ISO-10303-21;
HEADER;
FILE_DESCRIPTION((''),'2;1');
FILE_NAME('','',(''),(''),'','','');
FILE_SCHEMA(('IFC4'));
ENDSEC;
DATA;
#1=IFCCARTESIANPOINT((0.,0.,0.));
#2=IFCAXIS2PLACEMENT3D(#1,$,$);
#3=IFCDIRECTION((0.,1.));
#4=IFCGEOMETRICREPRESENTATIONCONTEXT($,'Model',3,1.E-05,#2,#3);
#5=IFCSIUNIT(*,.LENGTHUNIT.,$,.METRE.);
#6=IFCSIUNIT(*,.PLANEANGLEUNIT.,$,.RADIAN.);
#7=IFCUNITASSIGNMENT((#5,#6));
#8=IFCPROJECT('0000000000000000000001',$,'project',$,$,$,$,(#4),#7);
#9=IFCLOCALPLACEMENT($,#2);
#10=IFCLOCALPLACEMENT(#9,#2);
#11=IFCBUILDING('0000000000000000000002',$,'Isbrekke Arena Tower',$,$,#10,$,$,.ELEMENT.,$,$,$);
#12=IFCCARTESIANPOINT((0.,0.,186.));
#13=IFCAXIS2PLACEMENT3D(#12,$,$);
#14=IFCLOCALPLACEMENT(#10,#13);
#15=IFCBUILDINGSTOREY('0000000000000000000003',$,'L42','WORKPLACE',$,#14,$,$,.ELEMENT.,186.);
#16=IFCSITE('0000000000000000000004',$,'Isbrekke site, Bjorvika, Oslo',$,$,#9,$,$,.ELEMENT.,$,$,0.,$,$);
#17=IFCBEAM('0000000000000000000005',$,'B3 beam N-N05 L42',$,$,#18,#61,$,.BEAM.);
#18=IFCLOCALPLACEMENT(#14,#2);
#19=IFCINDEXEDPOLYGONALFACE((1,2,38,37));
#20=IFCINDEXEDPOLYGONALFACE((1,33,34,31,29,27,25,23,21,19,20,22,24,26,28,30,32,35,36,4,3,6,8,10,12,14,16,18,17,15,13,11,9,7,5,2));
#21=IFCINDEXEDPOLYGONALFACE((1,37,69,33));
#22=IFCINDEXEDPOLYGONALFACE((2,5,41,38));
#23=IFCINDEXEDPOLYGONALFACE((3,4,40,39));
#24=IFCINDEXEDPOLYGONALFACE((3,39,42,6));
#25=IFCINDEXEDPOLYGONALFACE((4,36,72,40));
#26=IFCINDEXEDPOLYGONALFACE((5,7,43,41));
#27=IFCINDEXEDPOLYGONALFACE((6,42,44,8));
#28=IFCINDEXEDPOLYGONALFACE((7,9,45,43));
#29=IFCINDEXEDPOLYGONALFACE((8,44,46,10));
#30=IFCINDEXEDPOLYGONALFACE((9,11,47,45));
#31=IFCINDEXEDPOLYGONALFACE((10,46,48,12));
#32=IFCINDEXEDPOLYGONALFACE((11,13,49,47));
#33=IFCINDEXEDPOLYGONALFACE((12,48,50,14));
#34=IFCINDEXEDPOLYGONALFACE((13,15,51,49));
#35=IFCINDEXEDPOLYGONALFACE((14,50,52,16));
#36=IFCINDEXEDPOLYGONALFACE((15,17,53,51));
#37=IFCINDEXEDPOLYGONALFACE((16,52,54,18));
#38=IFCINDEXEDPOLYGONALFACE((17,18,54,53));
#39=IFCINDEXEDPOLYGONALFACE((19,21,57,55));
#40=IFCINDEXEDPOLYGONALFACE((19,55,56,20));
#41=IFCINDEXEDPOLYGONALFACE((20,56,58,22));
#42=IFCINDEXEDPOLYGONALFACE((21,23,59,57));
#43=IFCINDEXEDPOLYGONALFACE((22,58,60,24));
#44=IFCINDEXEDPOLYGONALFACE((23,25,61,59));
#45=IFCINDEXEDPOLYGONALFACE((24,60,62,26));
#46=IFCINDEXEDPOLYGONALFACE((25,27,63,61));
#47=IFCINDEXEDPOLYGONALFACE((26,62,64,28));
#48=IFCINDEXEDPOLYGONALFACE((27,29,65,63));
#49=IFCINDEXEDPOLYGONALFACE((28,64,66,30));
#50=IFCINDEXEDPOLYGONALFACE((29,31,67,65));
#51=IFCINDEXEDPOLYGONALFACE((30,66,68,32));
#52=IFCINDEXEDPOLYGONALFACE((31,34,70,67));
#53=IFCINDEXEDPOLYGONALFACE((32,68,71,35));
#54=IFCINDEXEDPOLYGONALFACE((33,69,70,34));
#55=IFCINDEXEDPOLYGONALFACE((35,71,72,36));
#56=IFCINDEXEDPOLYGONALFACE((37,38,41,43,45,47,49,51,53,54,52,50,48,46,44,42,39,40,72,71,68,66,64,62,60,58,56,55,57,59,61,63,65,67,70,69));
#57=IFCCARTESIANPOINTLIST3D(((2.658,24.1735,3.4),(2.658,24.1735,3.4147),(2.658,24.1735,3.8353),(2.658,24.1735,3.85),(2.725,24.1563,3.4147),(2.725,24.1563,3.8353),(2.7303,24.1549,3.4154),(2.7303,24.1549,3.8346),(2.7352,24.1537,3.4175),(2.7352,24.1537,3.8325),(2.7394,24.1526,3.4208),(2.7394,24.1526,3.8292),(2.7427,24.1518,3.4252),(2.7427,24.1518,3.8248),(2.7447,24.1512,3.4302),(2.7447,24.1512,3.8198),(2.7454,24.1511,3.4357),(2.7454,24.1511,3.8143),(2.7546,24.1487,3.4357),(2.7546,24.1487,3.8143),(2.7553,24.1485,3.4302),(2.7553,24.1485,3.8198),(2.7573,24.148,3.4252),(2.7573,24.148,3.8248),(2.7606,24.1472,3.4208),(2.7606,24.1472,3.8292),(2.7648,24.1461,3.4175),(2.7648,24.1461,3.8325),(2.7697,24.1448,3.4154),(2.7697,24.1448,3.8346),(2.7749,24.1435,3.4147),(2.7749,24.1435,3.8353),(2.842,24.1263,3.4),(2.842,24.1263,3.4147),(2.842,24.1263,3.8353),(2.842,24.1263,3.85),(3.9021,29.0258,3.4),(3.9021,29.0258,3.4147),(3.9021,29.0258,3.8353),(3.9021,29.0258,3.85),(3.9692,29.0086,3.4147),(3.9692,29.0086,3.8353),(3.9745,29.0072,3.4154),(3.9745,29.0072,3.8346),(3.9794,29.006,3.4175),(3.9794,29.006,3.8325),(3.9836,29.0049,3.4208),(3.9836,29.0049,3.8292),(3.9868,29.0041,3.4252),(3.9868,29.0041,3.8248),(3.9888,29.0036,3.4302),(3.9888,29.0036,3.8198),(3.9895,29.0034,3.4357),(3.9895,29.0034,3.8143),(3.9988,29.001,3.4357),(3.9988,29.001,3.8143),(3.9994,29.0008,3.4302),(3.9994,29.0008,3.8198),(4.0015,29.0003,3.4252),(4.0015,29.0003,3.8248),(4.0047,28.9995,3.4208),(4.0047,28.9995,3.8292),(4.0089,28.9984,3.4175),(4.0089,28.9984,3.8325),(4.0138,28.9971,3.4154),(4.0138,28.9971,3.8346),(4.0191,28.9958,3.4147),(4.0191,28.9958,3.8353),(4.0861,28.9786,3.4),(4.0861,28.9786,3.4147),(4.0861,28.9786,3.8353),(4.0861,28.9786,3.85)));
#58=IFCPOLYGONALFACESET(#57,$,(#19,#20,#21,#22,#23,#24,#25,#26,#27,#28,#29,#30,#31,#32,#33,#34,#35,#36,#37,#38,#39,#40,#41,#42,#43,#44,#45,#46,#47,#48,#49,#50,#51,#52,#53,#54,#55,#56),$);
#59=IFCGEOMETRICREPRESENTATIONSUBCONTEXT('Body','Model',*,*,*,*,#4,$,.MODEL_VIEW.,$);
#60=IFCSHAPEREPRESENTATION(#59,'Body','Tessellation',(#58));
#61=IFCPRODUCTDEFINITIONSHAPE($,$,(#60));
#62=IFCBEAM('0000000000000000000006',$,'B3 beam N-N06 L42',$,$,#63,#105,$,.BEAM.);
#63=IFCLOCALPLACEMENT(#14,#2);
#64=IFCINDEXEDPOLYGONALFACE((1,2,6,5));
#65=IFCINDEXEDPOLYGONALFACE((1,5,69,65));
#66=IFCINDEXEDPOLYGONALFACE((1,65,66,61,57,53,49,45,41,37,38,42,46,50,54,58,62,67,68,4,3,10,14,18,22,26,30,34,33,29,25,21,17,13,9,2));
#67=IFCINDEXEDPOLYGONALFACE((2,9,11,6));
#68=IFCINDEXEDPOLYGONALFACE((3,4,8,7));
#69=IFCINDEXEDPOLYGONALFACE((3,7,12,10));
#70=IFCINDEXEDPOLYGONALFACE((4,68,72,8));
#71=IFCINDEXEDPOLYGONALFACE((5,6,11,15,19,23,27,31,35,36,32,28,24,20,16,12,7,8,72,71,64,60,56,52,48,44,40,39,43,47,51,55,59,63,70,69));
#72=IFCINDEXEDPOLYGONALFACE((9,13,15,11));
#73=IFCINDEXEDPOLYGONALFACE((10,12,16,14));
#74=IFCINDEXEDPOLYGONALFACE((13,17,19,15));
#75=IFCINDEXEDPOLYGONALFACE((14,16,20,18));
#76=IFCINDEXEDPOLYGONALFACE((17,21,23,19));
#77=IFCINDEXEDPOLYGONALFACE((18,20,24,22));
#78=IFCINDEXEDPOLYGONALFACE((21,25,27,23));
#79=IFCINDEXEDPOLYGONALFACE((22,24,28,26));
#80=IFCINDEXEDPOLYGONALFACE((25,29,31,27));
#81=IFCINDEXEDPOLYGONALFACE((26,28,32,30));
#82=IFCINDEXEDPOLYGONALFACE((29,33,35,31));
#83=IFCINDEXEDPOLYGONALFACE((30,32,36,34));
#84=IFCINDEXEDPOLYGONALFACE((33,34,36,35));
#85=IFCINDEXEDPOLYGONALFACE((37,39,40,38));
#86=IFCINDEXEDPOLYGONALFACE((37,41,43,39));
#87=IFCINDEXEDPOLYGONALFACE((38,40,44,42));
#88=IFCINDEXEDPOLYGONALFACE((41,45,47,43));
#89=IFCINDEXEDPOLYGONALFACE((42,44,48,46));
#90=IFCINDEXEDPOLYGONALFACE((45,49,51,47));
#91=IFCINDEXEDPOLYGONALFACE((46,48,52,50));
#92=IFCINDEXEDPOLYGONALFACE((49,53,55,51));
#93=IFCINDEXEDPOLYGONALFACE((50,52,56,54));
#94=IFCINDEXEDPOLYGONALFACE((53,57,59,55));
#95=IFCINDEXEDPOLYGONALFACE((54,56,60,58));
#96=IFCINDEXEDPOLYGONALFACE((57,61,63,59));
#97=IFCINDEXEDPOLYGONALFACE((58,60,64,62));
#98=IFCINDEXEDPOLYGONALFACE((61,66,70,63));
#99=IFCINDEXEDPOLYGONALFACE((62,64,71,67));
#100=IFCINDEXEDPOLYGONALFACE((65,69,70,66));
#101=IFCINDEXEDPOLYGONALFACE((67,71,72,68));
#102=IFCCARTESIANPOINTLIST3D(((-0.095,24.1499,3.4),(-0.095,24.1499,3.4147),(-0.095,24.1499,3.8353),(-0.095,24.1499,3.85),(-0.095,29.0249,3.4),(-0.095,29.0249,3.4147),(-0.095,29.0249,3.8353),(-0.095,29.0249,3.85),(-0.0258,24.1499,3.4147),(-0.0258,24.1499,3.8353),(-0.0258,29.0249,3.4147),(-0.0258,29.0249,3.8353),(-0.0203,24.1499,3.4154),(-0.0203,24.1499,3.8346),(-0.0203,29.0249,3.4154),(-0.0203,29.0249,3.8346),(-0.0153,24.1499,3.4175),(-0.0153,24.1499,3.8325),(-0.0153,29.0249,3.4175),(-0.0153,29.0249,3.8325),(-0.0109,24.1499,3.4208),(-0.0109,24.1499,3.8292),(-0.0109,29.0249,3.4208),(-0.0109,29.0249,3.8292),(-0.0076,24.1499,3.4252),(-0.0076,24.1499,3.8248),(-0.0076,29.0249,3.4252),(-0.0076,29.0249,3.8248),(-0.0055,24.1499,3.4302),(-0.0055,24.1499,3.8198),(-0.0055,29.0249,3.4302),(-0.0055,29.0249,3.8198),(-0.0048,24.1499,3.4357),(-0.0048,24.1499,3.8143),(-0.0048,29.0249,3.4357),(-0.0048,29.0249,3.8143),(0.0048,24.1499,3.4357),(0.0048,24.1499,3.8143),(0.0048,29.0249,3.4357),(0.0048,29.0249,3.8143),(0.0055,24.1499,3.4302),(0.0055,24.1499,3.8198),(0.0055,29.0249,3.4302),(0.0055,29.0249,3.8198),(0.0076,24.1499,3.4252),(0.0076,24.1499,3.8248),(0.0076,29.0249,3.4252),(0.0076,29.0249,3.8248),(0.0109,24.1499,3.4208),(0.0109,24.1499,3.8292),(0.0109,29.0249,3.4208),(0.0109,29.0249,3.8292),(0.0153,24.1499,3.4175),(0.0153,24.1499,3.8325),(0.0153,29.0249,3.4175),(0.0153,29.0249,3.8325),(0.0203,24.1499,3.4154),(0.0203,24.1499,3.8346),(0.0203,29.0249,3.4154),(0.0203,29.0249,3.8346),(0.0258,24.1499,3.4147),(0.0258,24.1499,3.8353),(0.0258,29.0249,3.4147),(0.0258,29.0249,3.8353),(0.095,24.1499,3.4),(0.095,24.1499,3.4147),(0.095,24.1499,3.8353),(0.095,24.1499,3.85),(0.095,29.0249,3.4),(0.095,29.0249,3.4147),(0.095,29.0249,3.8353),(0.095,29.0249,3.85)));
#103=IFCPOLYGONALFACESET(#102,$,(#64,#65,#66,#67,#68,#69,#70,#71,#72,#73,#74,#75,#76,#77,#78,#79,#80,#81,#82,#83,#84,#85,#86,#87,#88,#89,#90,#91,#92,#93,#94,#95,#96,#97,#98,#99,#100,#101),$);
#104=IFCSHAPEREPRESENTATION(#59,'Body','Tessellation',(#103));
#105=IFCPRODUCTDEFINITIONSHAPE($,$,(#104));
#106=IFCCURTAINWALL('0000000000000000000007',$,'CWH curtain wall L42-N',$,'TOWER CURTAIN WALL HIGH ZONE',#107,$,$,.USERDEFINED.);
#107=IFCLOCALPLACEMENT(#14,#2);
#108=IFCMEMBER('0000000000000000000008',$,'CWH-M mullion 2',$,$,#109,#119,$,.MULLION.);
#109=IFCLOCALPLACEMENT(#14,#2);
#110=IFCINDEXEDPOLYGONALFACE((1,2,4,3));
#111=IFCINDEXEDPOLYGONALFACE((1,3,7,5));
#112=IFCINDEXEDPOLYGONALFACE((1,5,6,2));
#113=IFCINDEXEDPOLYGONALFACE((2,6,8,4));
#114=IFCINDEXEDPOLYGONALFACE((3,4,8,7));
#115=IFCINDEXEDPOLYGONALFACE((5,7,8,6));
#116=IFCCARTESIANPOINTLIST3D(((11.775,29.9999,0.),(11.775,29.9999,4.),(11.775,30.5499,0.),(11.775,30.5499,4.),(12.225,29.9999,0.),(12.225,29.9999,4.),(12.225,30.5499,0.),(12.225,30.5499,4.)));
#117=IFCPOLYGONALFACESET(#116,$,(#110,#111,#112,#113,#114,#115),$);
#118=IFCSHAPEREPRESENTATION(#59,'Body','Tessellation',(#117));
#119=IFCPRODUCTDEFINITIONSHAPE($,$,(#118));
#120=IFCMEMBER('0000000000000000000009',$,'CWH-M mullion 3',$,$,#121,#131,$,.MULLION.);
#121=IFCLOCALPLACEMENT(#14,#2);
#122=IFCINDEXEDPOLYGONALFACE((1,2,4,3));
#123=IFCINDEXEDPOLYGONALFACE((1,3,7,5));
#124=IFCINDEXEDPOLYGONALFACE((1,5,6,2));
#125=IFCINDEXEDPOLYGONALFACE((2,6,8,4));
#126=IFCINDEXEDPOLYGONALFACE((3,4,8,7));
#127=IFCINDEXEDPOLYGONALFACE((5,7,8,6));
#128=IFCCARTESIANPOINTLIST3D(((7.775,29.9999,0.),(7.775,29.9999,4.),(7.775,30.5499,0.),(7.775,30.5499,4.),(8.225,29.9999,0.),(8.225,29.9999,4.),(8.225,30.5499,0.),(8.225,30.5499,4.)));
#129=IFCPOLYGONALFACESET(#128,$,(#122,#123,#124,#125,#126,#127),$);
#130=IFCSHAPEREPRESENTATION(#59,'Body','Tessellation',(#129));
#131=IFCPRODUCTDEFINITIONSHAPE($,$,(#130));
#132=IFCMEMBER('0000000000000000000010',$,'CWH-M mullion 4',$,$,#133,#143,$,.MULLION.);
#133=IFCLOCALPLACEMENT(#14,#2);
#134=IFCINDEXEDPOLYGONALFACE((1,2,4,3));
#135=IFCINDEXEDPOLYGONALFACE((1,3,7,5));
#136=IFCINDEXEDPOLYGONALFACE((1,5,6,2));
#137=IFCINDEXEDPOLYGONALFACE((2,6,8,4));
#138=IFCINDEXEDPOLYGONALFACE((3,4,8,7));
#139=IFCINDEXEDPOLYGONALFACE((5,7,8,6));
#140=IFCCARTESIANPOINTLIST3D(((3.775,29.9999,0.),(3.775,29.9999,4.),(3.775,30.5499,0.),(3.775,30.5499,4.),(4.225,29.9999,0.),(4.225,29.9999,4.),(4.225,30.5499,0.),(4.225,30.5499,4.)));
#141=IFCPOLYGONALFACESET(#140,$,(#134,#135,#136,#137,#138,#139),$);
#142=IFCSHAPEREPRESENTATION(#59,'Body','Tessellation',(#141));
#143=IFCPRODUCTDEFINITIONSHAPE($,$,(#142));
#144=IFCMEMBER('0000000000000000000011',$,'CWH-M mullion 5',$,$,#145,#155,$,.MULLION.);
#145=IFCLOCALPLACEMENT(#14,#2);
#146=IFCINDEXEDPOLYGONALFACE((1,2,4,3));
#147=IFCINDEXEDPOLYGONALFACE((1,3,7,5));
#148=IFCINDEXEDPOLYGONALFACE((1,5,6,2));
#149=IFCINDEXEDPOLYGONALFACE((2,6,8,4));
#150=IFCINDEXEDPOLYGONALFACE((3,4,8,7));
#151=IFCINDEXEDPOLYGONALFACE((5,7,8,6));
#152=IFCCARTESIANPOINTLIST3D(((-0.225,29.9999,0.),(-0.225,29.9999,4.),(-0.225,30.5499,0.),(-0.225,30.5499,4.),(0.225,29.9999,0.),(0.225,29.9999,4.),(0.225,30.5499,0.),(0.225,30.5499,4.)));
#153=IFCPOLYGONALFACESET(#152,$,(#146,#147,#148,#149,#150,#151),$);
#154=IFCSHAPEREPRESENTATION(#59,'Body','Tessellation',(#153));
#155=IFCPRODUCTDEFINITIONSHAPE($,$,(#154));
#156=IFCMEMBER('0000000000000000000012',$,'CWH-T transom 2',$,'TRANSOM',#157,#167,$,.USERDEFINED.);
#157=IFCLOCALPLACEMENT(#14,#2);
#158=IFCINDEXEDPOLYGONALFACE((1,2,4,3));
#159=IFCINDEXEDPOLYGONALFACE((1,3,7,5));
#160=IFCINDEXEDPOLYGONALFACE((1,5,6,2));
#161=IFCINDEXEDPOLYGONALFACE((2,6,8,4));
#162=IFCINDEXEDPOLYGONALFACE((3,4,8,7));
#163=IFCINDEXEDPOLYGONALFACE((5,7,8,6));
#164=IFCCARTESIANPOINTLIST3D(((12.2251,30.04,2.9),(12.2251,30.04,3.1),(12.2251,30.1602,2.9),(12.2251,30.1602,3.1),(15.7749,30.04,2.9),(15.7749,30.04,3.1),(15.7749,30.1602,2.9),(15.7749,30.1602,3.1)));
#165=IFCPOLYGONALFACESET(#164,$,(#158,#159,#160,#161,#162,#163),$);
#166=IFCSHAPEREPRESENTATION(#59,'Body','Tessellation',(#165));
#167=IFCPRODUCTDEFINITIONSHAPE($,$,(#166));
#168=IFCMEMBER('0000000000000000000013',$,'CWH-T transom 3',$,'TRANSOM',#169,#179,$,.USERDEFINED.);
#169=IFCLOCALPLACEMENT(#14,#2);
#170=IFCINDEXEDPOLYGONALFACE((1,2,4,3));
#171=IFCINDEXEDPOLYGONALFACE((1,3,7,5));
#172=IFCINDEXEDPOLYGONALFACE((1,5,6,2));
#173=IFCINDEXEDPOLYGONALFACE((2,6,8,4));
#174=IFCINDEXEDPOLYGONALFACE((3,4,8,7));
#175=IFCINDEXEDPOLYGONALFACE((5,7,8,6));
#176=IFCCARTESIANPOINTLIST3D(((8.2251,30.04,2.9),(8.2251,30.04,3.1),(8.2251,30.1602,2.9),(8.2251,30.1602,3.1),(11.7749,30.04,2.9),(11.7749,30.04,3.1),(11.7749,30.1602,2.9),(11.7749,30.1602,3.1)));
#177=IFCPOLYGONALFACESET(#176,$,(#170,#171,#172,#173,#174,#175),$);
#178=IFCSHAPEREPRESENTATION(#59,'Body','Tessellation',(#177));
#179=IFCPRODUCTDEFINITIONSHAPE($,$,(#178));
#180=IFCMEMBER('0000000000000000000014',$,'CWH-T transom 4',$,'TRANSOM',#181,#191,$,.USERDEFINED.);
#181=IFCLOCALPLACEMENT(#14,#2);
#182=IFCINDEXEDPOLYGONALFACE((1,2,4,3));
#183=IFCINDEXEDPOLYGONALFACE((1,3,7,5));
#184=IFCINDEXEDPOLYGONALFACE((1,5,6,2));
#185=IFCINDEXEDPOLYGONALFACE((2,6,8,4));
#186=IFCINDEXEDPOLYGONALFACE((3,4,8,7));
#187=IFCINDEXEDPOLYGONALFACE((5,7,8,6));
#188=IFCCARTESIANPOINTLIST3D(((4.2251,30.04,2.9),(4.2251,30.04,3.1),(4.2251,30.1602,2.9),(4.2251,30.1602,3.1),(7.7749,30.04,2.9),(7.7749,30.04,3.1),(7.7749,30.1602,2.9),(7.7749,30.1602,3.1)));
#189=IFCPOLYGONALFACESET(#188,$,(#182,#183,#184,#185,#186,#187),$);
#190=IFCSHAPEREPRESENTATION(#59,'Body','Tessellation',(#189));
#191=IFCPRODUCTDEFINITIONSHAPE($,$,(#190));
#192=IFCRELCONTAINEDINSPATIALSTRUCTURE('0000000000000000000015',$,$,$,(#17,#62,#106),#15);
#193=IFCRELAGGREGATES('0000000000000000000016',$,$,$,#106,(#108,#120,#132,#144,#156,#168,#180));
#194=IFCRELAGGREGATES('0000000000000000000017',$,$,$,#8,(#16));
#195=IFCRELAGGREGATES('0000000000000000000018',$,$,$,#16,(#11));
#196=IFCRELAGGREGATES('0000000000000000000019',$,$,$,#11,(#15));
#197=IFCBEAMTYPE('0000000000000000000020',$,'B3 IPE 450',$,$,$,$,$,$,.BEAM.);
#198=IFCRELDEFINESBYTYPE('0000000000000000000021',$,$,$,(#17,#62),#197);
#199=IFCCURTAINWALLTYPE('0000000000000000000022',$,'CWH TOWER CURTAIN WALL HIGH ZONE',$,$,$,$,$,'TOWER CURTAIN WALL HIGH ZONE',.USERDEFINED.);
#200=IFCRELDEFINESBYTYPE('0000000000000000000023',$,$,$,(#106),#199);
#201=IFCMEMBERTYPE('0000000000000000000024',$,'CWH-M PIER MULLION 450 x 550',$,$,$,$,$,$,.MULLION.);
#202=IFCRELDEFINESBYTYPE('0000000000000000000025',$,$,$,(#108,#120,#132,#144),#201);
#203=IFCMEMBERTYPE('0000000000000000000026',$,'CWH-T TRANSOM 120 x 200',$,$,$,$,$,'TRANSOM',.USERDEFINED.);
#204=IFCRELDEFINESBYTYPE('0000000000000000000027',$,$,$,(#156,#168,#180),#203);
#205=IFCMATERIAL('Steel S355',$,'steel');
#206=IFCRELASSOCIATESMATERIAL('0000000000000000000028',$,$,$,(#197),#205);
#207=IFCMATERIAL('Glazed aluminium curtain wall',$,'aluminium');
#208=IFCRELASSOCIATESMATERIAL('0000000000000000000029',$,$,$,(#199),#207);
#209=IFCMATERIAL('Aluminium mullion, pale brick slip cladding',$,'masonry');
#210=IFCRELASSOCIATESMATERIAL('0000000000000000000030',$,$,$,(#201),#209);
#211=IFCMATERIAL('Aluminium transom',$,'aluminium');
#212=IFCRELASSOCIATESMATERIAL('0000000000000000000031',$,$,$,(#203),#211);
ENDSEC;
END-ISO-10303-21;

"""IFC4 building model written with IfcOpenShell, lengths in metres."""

from ifc_helpers import new_model, si_unit, direction, frame, origin, origin_2d, place, context, subcontext, project, spatial, rectangle, i_section, extrude, material, material_profile, profile_set, type_object, element, aggregate, save


model = new_model("IFC4")

# Units and contexts
model_context = context("Model", 3, precision=1e-05, world=origin(), true_north=direction((0.0, 1.0)))
body_context = subcontext(model_context, "Body", "Model", "MODEL_VIEW")
ifc_project = project(units=[si_unit("LENGTHUNIT", "METRE"), si_unit("PLANEANGLEUNIT", "RADIAN")], contexts=[model_context])

# Site, building, storey
site_placement = place(None, origin())
site = spatial("IfcSite", under=ifc_project, at=site_placement, Name="Isbrekke site, Bjorvika, Oslo", CompositionType="ELEMENT", RefElevation=0.0)
building_placement = place(site_placement, origin())
building = spatial("IfcBuilding", under=site, at=building_placement, Name="Isbrekke Arena Tower", CompositionType="ELEMENT")
storey_placement = place(building_placement, frame((0.0, 0.0, 186.0)))
storey = spatial("IfcBuildingStorey", under=building, at=storey_placement, Name="L42", Description="WORKPLACE", CompositionType="ELEMENT", Elevation=186.0)

# Beams
ifc_material_1 = material(Name="Steel S355", Category="steel")
ifc_material_profile_1 = material_profile(ifc_material_1, i_section(OverallWidth=0.1899, OverallDepth=0.45, WebThickness=0.0095, FlangeThickness=0.0146, FilletRadius=0.021, at=origin_2d()), Name="IPE 450")
ifc_profile_set_1 = profile_set([ifc_material_profile_1], Name="Steel S355")
beam_type_1 = type_object("IfcBeamType", Name="B3 IPE 450", PredefinedType="BEAM", material=ifc_profile_set_1)
beam_1_placement = place(storey_placement, frame((3.9941, 29.0022, 3.625), z_axis=(-0.248368, -0.968666, 0.0), x_axis=(0.968666, -0.248368, 0.0)))
element("IfcBeam", 1, at=beam_1_placement, inside=storey, type_object=beam_type_1, Name="B3 beam N-N05 L42", PredefinedType="BEAM", context=body_context, shape_type="SweptSolid", body=[
    extrude(i_section(OverallWidth=0.1899, OverallDepth=0.45, WebThickness=0.0095, FlangeThickness=0.0146, FilletRadius=0.021, at=origin_2d()), origin(), (0.0, 0.0, 1.0), 5.0093),
])
beam_2_placement = place(storey_placement, frame((0.0, 29.0249, 3.625), z_axis=(0.0, -1.0, 0.0), x_axis=(1.0, 0.0, 0.0)))
element("IfcBeam", 2, at=beam_2_placement, inside=storey, type_object=beam_type_1, Name="B3 beam N-N06 L42", PredefinedType="BEAM", context=body_context, shape_type="SweptSolid", body=[
    extrude(i_section(OverallWidth=0.1899, OverallDepth=0.45, WebThickness=0.0095, FlangeThickness=0.0146, FilletRadius=0.021, at=origin_2d()), origin(), (0.0, 0.0, 1.0), 4.875),
])

# Curtain wall, members
ifc_material_2 = material(Name="Glazed aluminium curtain wall", Category="aluminium")
curtain_wall_type = type_object("IfcCurtainWallType", Name="CWH TOWER CURTAIN WALL HIGH ZONE", ElementType="TOWER CURTAIN WALL HIGH ZONE", PredefinedType="USERDEFINED", material=ifc_material_2)
curtain_wall_placement = place(storey_placement, origin())
curtain_wall = element("IfcCurtainWall", 3, at=curtain_wall_placement, inside=storey, type_object=curtain_wall_type, Name="CWH curtain wall L42-N", ObjectType="TOWER CURTAIN WALL HIGH ZONE", PredefinedType="USERDEFINED")
ifc_material_3 = material(Name="Aluminium mullion, pale brick slip cladding", Category="masonry")
ifc_material_profile_2 = material_profile(ifc_material_3, rectangle(XDim=0.45, YDim=0.55, at=origin_2d()), Name="PIER 450X550")
ifc_profile_set_2 = profile_set([ifc_material_profile_2], Name="Aluminium mullion, pale brick slip cladding")
member_type_1 = type_object("IfcMemberType", Name="CWH-M PIER MULLION 450 x 550", PredefinedType="MULLION", material=ifc_profile_set_2)
member_1_placement = place(storey_placement, frame((12.0, 30.2749, 0.0), z_axis=(0.0, 0.0, 1.0), x_axis=(-1.0, 0.0, 0.0)))
member_1 = element("IfcMember", 4, at=member_1_placement, type_object=member_type_1, Name="CWH-M mullion 2", PredefinedType="MULLION", context=body_context, shape_type="SweptSolid", body=[
    extrude(rectangle(XDim=0.45, YDim=0.55, at=origin_2d()), origin(), (0.0, 0.0, 1.0), 4.0),
])
member_2_placement = place(storey_placement, frame((8.0, 30.2749, 0.0), z_axis=(0.0, 0.0, 1.0), x_axis=(-1.0, 0.0, 0.0)))
member_2 = element("IfcMember", 5, at=member_2_placement, type_object=member_type_1, Name="CWH-M mullion 3", PredefinedType="MULLION", context=body_context, shape_type="SweptSolid", body=[
    extrude(rectangle(XDim=0.45, YDim=0.55, at=origin_2d()), origin(), (0.0, 0.0, 1.0), 4.0),
])
member_3_placement = place(storey_placement, frame((4.0, 30.2749, 0.0), z_axis=(0.0, 0.0, 1.0), x_axis=(-1.0, 0.0, 0.0)))
member_3 = element("IfcMember", 6, at=member_3_placement, type_object=member_type_1, Name="CWH-M mullion 4", PredefinedType="MULLION", context=body_context, shape_type="SweptSolid", body=[
    extrude(rectangle(XDim=0.45, YDim=0.55, at=origin_2d()), origin(), (0.0, 0.0, 1.0), 4.0),
])
member_4_placement = place(storey_placement, frame((0.0, 30.2749, 0.0), z_axis=(0.0, 0.0, 1.0), x_axis=(-1.0, 0.0, 0.0)))
member_4 = element("IfcMember", 7, at=member_4_placement, type_object=member_type_1, Name="CWH-M mullion 5", PredefinedType="MULLION", context=body_context, shape_type="SweptSolid", body=[
    extrude(rectangle(XDim=0.45, YDim=0.55, at=origin_2d()), origin(), (0.0, 0.0, 1.0), 4.0),
])
ifc_material_4 = material(Name="Aluminium transom", Category="aluminium")
ifc_material_profile_3 = material_profile(ifc_material_4, rectangle(XDim=0.1201, YDim=0.2, at=origin_2d()), Name="TRANSOM 120X200")
ifc_profile_set_3 = profile_set([ifc_material_profile_3], Name="Aluminium transom")
member_type_2 = type_object("IfcMemberType", Name="CWH-T TRANSOM 120 x 200", ElementType="TRANSOM", PredefinedType="USERDEFINED", material=ifc_profile_set_3)
member_5_placement = place(storey_placement, frame((15.7749, 30.1001, 3.0), z_axis=(-1.0, 0.0, 0.0), x_axis=(0.0, -1.0, 0.0)))
member_5 = element("IfcMember", 8, at=member_5_placement, type_object=member_type_2, Name="CWH-T transom 2", ObjectType="TRANSOM", PredefinedType="USERDEFINED", context=body_context, shape_type="SweptSolid", body=[
    extrude(rectangle(XDim=0.1201, YDim=0.2, at=origin_2d()), origin(), (0.0, 0.0, 1.0), 3.5498),
])
member_6_placement = place(storey_placement, frame((11.7749, 30.1001, 3.0), z_axis=(-1.0, 0.0, 0.0), x_axis=(0.0, -1.0, 0.0)))
member_6 = element("IfcMember", 9, at=member_6_placement, type_object=member_type_2, Name="CWH-T transom 3", ObjectType="TRANSOM", PredefinedType="USERDEFINED", context=body_context, shape_type="SweptSolid", body=[
    extrude(rectangle(XDim=0.1201, YDim=0.2, at=origin_2d()), origin(), (0.0, 0.0, 1.0), 3.5498),
])
member_7_placement = place(storey_placement, frame((7.7749, 30.1001, 3.0), z_axis=(-1.0, 0.0, 0.0), x_axis=(0.0, -1.0, 0.0)))
member_7 = element("IfcMember", 10, at=member_7_placement, type_object=member_type_2, Name="CWH-T transom 4", ObjectType="TRANSOM", PredefinedType="USERDEFINED", context=body_context, shape_type="SweptSolid", body=[
    extrude(rectangle(XDim=0.1201, YDim=0.2, at=origin_2d()), origin(), (0.0, 0.0, 1.0), 3.5498),
])

aggregate(curtain_wall, [member_1, member_2, member_3, member_4, member_5, member_6, member_7])

save(model, "model.ifc")
